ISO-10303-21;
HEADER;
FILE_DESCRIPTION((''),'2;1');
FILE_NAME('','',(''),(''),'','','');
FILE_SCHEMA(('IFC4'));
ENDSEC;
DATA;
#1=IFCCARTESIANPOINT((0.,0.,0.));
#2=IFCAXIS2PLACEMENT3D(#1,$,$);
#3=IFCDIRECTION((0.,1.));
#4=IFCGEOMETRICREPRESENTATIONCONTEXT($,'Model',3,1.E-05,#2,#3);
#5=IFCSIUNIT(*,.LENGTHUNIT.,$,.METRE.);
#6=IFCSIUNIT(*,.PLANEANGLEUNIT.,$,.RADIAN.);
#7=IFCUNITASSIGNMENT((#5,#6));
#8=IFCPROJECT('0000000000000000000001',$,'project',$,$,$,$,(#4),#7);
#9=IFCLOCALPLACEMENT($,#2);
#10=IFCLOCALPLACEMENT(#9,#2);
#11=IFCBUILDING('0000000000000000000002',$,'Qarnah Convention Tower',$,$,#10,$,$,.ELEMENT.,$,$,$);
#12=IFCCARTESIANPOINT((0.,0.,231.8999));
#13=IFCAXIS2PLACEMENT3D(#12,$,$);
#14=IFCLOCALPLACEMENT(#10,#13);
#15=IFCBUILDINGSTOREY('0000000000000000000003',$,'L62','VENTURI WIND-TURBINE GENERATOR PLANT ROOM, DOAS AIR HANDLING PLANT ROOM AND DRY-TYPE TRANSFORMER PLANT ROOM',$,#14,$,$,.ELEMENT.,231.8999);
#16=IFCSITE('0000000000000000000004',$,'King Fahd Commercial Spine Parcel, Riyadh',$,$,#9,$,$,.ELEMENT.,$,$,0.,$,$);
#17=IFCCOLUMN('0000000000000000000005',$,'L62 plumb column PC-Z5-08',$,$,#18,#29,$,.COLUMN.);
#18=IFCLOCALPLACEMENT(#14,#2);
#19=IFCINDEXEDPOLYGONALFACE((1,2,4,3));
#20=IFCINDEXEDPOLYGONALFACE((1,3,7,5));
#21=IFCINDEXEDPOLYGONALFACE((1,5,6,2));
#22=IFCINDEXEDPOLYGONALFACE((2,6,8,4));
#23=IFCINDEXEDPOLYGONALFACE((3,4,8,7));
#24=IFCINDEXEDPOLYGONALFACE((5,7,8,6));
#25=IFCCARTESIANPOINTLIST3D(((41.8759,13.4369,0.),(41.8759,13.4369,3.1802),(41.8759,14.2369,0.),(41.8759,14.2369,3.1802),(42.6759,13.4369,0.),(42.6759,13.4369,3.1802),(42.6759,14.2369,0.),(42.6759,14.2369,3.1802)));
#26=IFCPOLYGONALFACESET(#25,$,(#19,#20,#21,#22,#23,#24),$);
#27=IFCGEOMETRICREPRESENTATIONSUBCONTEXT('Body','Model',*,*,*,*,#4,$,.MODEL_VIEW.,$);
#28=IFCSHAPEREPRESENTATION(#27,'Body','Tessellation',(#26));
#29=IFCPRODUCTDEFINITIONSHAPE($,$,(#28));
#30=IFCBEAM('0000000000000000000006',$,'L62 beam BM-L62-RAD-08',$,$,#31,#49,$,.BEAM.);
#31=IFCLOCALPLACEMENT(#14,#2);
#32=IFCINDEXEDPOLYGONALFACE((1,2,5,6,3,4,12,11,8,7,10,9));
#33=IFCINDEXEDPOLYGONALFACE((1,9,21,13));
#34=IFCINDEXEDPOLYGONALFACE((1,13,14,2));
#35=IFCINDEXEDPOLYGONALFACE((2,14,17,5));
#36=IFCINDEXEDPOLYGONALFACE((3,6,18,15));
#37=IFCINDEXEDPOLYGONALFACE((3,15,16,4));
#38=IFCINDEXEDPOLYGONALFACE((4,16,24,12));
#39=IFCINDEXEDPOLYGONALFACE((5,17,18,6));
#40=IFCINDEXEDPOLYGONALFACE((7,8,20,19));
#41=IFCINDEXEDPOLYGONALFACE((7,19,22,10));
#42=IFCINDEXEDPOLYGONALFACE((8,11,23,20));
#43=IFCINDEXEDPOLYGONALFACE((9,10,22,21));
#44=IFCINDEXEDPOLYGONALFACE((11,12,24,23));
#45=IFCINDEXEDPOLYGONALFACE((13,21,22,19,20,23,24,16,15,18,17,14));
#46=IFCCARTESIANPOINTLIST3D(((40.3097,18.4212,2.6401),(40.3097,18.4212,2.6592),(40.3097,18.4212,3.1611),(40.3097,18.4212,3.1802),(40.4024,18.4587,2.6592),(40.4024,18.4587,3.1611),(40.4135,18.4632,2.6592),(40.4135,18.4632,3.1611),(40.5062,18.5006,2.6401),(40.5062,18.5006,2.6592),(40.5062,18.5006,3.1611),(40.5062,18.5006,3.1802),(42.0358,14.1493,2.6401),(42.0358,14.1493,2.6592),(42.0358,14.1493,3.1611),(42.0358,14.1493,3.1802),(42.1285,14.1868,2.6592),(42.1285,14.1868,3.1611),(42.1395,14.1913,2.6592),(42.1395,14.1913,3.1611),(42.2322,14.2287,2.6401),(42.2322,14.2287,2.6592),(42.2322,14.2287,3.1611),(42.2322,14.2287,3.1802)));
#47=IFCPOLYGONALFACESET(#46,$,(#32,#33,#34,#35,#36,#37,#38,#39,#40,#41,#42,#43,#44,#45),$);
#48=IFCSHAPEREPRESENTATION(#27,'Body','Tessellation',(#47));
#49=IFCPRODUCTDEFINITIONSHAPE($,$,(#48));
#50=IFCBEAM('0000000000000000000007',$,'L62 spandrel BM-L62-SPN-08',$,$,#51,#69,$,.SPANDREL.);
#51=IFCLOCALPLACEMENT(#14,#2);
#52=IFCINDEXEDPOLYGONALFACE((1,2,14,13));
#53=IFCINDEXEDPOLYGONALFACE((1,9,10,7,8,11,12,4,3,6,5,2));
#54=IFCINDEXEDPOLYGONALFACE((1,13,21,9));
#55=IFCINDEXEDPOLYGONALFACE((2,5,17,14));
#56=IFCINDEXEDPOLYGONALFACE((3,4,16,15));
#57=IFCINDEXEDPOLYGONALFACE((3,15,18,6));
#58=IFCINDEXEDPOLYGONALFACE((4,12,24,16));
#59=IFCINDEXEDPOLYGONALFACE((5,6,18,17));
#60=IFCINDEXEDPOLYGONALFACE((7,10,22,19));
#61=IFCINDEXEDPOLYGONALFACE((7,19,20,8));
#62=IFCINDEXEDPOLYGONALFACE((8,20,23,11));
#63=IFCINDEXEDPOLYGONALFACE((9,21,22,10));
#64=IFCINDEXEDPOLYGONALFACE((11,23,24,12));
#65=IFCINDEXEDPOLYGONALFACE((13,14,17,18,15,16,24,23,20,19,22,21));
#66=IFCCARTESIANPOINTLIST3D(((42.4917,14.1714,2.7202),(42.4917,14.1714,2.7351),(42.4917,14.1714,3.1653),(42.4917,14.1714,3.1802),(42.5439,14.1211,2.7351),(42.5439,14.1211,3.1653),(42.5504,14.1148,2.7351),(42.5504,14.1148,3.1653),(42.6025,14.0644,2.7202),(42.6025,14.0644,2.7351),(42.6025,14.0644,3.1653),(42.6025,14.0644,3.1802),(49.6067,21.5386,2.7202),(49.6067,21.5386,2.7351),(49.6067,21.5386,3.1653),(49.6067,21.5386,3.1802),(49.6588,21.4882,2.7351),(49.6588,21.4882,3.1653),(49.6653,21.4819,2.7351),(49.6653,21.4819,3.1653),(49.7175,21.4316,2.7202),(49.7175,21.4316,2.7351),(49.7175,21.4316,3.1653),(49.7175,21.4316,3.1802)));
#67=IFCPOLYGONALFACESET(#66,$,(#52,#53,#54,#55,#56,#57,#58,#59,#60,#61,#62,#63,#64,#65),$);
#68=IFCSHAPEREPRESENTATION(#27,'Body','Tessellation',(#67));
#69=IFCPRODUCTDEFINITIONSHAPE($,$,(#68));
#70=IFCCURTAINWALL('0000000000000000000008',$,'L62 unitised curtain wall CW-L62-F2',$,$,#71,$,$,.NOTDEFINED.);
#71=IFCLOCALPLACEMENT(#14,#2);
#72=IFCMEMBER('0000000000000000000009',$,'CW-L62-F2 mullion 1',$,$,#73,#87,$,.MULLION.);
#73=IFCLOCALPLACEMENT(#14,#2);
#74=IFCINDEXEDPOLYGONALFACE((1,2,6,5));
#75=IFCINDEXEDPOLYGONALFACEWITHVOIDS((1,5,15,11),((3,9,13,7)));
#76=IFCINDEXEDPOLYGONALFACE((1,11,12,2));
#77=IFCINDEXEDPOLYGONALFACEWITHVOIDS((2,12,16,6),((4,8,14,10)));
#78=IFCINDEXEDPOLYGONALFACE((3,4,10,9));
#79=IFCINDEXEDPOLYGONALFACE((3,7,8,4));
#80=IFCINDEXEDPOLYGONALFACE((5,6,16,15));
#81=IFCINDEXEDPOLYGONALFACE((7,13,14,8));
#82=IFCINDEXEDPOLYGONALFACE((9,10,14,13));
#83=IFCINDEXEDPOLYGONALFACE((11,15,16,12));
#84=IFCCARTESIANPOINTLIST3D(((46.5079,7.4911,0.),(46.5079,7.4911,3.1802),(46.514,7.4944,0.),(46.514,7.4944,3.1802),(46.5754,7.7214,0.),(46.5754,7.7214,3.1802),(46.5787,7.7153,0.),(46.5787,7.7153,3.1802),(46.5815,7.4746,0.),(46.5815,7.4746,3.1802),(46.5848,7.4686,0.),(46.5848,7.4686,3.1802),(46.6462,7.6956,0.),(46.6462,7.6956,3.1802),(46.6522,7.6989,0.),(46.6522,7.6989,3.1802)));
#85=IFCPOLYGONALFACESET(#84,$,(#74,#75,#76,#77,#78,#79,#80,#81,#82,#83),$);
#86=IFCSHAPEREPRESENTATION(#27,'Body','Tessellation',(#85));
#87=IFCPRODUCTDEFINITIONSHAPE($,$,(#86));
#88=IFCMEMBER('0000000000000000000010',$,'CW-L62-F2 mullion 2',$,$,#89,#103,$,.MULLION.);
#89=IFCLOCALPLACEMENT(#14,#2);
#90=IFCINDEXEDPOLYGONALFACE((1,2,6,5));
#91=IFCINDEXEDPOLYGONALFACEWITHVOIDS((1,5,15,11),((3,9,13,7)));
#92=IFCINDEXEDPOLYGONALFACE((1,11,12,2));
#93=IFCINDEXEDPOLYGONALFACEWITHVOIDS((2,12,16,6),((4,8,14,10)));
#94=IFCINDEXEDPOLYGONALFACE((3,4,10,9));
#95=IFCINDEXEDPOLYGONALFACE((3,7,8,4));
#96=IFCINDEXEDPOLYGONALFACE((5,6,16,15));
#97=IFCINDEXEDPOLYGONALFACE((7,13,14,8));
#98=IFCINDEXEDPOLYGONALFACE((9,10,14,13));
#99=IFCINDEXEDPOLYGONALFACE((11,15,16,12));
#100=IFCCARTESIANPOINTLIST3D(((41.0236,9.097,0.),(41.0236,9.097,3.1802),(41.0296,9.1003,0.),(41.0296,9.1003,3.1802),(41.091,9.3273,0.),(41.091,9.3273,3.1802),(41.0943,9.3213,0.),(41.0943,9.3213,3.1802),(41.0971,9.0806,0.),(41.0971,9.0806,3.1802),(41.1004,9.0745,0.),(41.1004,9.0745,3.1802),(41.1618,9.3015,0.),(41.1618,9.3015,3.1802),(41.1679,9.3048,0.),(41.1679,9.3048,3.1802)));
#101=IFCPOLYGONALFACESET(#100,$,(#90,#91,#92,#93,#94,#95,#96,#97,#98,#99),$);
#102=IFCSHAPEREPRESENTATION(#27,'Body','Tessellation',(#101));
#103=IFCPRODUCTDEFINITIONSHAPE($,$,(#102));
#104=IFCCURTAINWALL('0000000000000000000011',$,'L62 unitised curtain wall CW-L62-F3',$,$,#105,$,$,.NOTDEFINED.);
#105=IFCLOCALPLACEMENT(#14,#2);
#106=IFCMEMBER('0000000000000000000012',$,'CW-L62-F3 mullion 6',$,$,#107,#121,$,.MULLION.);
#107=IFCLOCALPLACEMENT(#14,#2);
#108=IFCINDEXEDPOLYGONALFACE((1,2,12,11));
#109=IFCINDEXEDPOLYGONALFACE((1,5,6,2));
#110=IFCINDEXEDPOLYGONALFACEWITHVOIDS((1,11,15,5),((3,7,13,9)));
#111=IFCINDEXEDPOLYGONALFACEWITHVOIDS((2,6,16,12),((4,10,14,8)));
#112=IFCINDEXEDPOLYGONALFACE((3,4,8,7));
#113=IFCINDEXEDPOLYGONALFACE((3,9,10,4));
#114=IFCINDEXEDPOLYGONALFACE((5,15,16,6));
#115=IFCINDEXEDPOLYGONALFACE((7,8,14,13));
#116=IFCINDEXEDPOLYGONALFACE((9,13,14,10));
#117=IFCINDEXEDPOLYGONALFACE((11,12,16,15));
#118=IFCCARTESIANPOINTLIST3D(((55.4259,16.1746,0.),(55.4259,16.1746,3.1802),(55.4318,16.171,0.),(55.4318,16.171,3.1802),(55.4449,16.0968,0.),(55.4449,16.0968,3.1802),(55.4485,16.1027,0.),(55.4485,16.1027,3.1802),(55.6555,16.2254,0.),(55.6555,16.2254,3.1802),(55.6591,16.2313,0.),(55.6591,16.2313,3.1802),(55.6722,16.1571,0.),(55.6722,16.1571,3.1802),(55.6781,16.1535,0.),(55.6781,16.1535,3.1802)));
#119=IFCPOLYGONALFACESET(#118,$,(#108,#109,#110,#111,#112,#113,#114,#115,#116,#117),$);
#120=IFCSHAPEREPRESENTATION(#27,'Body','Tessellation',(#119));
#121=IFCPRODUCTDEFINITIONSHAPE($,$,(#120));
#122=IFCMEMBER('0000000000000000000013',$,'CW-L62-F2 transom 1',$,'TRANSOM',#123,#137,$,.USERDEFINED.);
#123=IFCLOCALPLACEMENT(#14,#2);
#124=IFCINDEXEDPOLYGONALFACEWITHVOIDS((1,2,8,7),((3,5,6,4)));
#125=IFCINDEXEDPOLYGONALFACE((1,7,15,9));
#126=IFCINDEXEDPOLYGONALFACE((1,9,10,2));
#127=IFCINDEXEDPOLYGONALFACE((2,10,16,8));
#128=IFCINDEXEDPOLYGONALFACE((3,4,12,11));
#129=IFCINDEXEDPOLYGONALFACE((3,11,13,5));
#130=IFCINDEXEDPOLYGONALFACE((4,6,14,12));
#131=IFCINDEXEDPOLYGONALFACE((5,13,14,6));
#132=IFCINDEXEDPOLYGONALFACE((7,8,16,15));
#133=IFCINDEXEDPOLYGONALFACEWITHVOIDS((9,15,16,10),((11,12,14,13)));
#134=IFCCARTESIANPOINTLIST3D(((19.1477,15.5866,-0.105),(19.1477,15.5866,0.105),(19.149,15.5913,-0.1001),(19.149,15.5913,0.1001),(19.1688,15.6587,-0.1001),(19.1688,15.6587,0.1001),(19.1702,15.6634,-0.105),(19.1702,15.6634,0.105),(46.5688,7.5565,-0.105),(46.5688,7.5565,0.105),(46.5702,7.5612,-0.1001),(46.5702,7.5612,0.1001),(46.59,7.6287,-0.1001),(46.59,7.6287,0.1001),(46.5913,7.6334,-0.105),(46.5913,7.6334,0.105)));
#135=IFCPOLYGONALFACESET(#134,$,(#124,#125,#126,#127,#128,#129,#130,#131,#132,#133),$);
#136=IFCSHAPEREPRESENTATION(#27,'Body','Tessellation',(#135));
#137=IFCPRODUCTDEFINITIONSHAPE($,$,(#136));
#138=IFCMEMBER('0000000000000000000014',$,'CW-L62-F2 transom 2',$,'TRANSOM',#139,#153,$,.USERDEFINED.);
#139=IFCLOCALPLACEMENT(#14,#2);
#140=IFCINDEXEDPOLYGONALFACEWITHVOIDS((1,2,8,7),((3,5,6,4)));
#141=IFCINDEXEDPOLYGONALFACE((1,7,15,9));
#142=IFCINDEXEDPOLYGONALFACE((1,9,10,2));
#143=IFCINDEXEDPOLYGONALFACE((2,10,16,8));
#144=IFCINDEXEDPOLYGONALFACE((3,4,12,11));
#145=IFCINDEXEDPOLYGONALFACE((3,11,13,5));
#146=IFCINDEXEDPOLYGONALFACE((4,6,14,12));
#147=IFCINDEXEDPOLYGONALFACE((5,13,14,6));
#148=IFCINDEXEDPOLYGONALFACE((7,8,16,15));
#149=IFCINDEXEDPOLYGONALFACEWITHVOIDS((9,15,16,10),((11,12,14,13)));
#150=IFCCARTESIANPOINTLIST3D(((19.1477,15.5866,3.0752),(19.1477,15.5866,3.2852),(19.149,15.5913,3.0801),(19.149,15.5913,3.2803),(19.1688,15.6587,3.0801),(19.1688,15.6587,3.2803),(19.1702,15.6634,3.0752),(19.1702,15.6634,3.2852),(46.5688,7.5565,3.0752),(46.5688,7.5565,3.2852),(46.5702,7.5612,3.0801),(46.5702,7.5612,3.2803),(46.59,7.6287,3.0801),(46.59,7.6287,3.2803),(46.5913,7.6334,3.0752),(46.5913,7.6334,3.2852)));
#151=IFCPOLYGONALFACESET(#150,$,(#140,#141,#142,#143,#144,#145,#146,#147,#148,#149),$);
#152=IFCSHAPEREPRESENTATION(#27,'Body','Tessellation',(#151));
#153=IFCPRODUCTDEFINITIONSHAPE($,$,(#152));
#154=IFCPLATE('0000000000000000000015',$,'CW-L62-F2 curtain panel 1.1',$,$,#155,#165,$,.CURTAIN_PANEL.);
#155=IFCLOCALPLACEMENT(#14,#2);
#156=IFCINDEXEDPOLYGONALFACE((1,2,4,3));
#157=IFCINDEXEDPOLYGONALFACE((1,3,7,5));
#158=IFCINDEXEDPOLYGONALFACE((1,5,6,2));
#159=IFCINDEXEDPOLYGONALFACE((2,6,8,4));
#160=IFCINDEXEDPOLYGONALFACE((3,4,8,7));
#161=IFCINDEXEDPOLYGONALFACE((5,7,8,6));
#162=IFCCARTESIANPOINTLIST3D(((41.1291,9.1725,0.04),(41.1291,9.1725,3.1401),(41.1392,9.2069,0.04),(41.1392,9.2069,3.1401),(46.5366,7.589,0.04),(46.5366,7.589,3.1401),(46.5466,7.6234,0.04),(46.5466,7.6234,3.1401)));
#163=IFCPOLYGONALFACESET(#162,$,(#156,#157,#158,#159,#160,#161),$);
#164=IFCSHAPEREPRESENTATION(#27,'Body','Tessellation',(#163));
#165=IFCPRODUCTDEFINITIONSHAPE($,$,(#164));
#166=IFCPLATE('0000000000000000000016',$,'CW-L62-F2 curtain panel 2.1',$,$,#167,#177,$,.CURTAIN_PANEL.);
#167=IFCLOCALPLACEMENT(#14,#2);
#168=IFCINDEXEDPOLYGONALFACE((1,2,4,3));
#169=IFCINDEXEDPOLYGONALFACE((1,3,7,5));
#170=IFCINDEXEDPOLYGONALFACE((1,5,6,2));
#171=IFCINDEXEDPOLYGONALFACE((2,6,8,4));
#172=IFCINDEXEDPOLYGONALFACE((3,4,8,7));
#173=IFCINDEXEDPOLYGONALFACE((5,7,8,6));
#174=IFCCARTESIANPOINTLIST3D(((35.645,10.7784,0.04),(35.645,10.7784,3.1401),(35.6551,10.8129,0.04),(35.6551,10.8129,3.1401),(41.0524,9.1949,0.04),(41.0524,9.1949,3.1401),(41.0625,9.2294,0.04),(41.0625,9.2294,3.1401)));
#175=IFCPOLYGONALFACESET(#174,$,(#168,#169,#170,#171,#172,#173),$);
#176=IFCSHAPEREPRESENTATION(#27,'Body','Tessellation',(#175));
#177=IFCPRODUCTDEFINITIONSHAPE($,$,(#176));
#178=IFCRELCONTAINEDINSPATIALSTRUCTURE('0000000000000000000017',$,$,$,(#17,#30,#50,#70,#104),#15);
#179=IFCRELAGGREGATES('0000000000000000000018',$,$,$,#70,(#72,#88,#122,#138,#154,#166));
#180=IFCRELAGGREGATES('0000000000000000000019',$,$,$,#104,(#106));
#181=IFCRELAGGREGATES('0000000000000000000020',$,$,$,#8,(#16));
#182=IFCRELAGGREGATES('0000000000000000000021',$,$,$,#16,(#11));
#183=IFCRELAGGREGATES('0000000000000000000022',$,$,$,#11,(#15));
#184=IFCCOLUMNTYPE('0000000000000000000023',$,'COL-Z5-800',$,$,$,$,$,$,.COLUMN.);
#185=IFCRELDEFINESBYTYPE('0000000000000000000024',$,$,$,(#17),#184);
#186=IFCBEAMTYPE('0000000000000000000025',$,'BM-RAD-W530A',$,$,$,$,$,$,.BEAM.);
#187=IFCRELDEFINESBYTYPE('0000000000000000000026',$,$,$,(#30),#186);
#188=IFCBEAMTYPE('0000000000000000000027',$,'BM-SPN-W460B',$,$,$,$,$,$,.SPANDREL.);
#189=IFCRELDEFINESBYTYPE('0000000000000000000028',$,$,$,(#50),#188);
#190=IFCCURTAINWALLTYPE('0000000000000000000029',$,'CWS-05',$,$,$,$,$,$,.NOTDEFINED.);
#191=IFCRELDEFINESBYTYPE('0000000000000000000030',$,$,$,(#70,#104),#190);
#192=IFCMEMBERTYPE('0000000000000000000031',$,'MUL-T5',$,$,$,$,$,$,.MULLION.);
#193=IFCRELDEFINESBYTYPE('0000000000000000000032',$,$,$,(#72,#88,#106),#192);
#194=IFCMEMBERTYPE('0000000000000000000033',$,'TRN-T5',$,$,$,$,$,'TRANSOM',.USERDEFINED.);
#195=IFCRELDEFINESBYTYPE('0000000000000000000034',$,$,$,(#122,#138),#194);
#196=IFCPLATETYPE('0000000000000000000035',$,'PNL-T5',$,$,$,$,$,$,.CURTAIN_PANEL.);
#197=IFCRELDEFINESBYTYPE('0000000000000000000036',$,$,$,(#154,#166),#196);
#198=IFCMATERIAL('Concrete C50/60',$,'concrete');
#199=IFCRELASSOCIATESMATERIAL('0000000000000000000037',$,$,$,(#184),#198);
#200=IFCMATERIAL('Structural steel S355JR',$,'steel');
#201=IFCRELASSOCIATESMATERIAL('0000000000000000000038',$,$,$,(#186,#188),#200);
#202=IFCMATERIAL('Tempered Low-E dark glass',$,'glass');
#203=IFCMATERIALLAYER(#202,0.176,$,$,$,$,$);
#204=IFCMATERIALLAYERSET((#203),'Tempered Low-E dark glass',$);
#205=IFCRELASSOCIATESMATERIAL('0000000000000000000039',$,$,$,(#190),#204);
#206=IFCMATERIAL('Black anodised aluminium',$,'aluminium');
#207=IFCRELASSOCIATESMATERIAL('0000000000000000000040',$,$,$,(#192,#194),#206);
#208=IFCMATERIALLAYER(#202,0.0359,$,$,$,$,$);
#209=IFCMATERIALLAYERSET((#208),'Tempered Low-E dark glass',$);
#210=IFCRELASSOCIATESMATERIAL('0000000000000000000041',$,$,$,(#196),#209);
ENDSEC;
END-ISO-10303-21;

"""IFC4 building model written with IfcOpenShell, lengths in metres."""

from ifc_helpers import new_model, si_unit, direction, frame, origin, origin_2d, place, context, subcontext, project, spatial, rectangle, hollow_rectangle, i_section, extrude, material, layer, layer_set, material_profile, profile_set, type_object, element, aggregate, save


model = new_model("IFC4")

# Units and contexts
model_context = context("Model", 3, precision=1e-05, world=origin(), true_north=direction((0.0, 1.0)))
body_context = subcontext(model_context, "Body", "Model", "MODEL_VIEW")
ifc_project = project(units=[si_unit("LENGTHUNIT", "METRE"), si_unit("PLANEANGLEUNIT", "RADIAN")], contexts=[model_context])

# Site, building, storey
site_placement = place(None, origin())
site = spatial("IfcSite", under=ifc_project, at=site_placement, Name="King Fahd Commercial Spine Parcel, Riyadh", CompositionType="ELEMENT", RefElevation=0.0)
building_placement = place(site_placement, origin())
building = spatial("IfcBuilding", under=site, at=building_placement, Name="Qarnah Convention Tower", CompositionType="ELEMENT")
storey_placement = place(building_placement, frame((0.0, 0.0, 231.8999)))
storey = spatial("IfcBuildingStorey", under=building, at=storey_placement, Name="L62", Description="VENTURI WIND-TURBINE GENERATOR PLANT ROOM, DOAS AIR HANDLING PLANT ROOM AND DRY-TYPE TRANSFORMER PLANT ROOM", CompositionType="ELEMENT", Elevation=231.8999)

# Column
ifc_material_1 = material(Name="Concrete C50/60", Category="concrete")
ifc_material_profile_1 = material_profile(ifc_material_1, rectangle(XDim=0.8, YDim=0.8, at=origin_2d()), Name="RC-COL-800X800")
ifc_profile_set_1 = profile_set([ifc_material_profile_1], Name="Concrete C50/60")
column_type = type_object("IfcColumnType", Name="COL-Z5-800", PredefinedType="COLUMN", material=ifc_profile_set_1)
column_placement = place(storey_placement, frame((42.2759, 13.8369, 0.0), z_axis=(0.0, 0.0, 1.0), x_axis=(1.0, 0.0, 0.0)))
element("IfcColumn", 1, at=column_placement, inside=storey, type_object=column_type, Name="L62 plumb column PC-Z5-08", PredefinedType="COLUMN", context=body_context, shape_type="SweptSolid", body=[
    extrude(rectangle(XDim=0.8, YDim=0.8, at=origin_2d()), origin(), (0.0, 0.0, 1.0), 3.1802),
])

# Beams
ifc_material_2 = material(Name="Structural steel S355JR", Category="steel")
ifc_material_profile_2 = material_profile(ifc_material_2, i_section(OverallWidth=0.2119, OverallDepth=0.54, WebThickness=0.012, FlangeThickness=0.019, at=origin_2d()), Name="W530X109")
ifc_profile_set_2 = profile_set([ifc_material_profile_2], Name="Structural steel S355JR")
beam_type_1 = type_object("IfcBeamType", Name="BM-RAD-W530A", PredefinedType="BEAM", material=ifc_profile_set_2)
beam_1_placement = place(storey_placement, frame((40.408, 18.4609, 2.9102), z_axis=(0.374622, -0.927177, 0.0), x_axis=(0.927177, 0.374622, 0.0)))
element("IfcBeam", 2, at=beam_1_placement, inside=storey, type_object=beam_type_1, Name="L62 beam BM-L62-RAD-08", PredefinedType="BEAM", context=body_context, shape_type="SweptSolid", body=[
    extrude(i_section(OverallWidth=0.2119, OverallDepth=0.54, WebThickness=0.012, FlangeThickness=0.019, at=origin_2d()), origin(), (0.0, 0.0, 1.0), 4.6074),
])
ifc_material_profile_3 = material_profile(ifc_material_2, i_section(OverallWidth=0.1541, OverallDepth=0.46, WebThickness=0.009, FlangeThickness=0.0149, at=origin_2d()), Name="W460X68")
ifc_profile_set_3 = profile_set([ifc_material_profile_3], Name="Structural steel S355JR")
beam_type_2 = type_object("IfcBeamType", Name="BM-SPN-W460B", PredefinedType="SPANDREL", material=ifc_profile_set_3)
beam_2_placement = place(storey_placement, frame((42.5471, 14.1179, 2.9502), z_axis=(0.694688, 0.719312, 0.0), x_axis=(-0.719312, 0.694688, 0.0)))
element("IfcBeam", 3, at=beam_2_placement, inside=storey, type_object=beam_type_2, Name="L62 spandrel BM-L62-SPN-08", PredefinedType="SPANDREL", context=body_context, shape_type="SweptSolid", body=[
    extrude(i_section(OverallWidth=0.1541, OverallDepth=0.46, WebThickness=0.009, FlangeThickness=0.0149, at=origin_2d()), origin(), (0.0, 0.0, 1.0), 10.2419),
])

# Curtain wall, members
ifc_material_3 = material(Name="Tempered Low-E dark glass", Category="glass")
ifc_layer_1 = layer(ifc_material_3, 0.176)
ifc_layer_set_1 = layer_set([ifc_layer_1], Name="Tempered Low-E dark glass")
curtain_wall_type = type_object("IfcCurtainWallType", Name="CWS-05", PredefinedType="NOTDEFINED", material=ifc_layer_set_1)
curtain_wall_1_placement = place(storey_placement, origin())
curtain_wall_1 = element("IfcCurtainWall", 4, at=curtain_wall_1_placement, inside=storey, type_object=curtain_wall_type, Name="L62 unitised curtain wall CW-L62-F2", PredefinedType="NOTDEFINED")
ifc_material_4 = material(Name="Black anodised aluminium", Category="aluminium")
ifc_material_profile_4 = material_profile(ifc_material_4, hollow_rectangle(XDim=0.0801, YDim=0.24, WallThickness=0.0049, at=origin_2d()), Name="MUL-80X240")
ifc_profile_set_4 = profile_set([ifc_material_profile_4], Name="Black anodised aluminium")
member_type_1 = type_object("IfcMemberType", Name="MUL-T5", PredefinedType="MULLION", material=ifc_profile_set_4)
member_1_placement = place(storey_placement, frame((46.5801, 7.595, 0.0), z_axis=(0.0, 0.0, 1.0), x_axis=(-0.959696, 0.281039, 0.0)))
member_1 = element("IfcMember", 5, at=member_1_placement, type_object=member_type_1, Name="CW-L62-F2 mullion 1", PredefinedType="MULLION", context=body_context, shape_type="SweptSolid", body=[
    extrude(hollow_rectangle(XDim=0.0801, YDim=0.24, WallThickness=0.0049, at=origin_2d()), origin(), (0.0, 0.0, 1.0), 3.1802),
])
member_2_placement = place(storey_placement, frame((41.0957, 9.2009, 0.0), z_axis=(0.0, 0.0, 1.0), x_axis=(-0.959696, 0.281039, 0.0)))
member_2 = element("IfcMember", 6, at=member_2_placement, type_object=member_type_1, Name="CW-L62-F2 mullion 2", PredefinedType="MULLION", context=body_context, shape_type="SweptSolid", body=[
    extrude(hollow_rectangle(XDim=0.0801, YDim=0.24, WallThickness=0.0049, at=origin_2d()), origin(), (0.0, 0.0, 1.0), 3.1802),
])

# Curtain wall, member
curtain_wall_2_placement = place(storey_placement, origin())
curtain_wall_2 = element("IfcCurtainWall", 7, at=curtain_wall_2_placement, inside=storey, type_object=curtain_wall_type, Name="L62 unitised curtain wall CW-L62-F3", PredefinedType="NOTDEFINED")
member_3_placement = place(storey_placement, frame((55.552, 16.1641, 0.0), z_axis=(0.0, 0.0, 1.0), x_axis=(0.236494, -0.971633, 0.0)))
member_3 = element("IfcMember", 8, at=member_3_placement, type_object=member_type_1, Name="CW-L62-F3 mullion 6", PredefinedType="MULLION", context=body_context, shape_type="SweptSolid", body=[
    extrude(hollow_rectangle(XDim=0.0801, YDim=0.24, WallThickness=0.0049, at=origin_2d()), origin(), (0.0, 0.0, 1.0), 3.1802),
])

# Members
ifc_material_profile_5 = material_profile(ifc_material_4, hollow_rectangle(XDim=0.0801, YDim=0.21, WallThickness=0.0049, at=origin_2d()), Name="TRN-80X210")
ifc_profile_set_5 = profile_set([ifc_material_profile_5], Name="Black anodised aluminium")
member_type_2 = type_object("IfcMemberType", Name="TRN-T5", ElementType="TRANSOM", PredefinedType="USERDEFINED", material=ifc_profile_set_5)
member_4_placement = place(storey_placement, frame((46.5801, 7.595, 0.0), z_axis=(-0.959697, 0.281038, 0.0), x_axis=(-0.281038, -0.959697, 0.0)))
member_4 = element("IfcMember", 9, at=member_4_placement, type_object=member_type_2, Name="CW-L62-F2 transom 1", ObjectType="TRANSOM", PredefinedType="USERDEFINED", context=body_context, shape_type="SweptSolid", body=[
    extrude(hollow_rectangle(XDim=0.0801, YDim=0.21, WallThickness=0.0049, at=origin_2d()), origin(), (0.0, 0.0, 1.0), 28.5728),
])
member_5_placement = place(storey_placement, frame((46.5801, 7.595, 3.1802), z_axis=(-0.959697, 0.281038, 0.0), x_axis=(-0.281038, -0.959697, 0.0)))
member_5 = element("IfcMember", 10, at=member_5_placement, type_object=member_type_2, Name="CW-L62-F2 transom 2", ObjectType="TRANSOM", PredefinedType="USERDEFINED", context=body_context, shape_type="SweptSolid", body=[
    extrude(hollow_rectangle(XDim=0.0801, YDim=0.21, WallThickness=0.0049, at=origin_2d()), origin(), (0.0, 0.0, 1.0), 28.5728),
])

# Plates
ifc_layer_2 = layer(ifc_material_3, 0.0359)
ifc_layer_set_2 = layer_set([ifc_layer_2], Name="Tempered Low-E dark glass")
plate_type = type_object("IfcPlateType", Name="PNL-T5", PredefinedType="CURTAIN_PANEL", material=ifc_layer_set_2)
plate_1_placement = place(storey_placement, frame((43.8379, 8.3979, 0.04), z_axis=(0.0, 0.0, 1.0), x_axis=(-0.959696, 0.281039, 0.0)))
plate_1 = element("IfcPlate", 11, at=plate_1_placement, type_object=plate_type, Name="CW-L62-F2 curtain panel 1.1", PredefinedType="CURTAIN_PANEL", context=body_context, shape_type="SweptSolid", body=[
    extrude(rectangle(XDim=5.6345, YDim=0.0359, at=origin_2d()), origin(), (0.0, 0.0, 1.0), 3.1001),
])
plate_2_placement = place(storey_placement, frame((38.3538, 10.0039, 0.04), z_axis=(0.0, 0.0, 1.0), x_axis=(-0.959696, 0.281039, 0.0)))
plate_2 = element("IfcPlate", 12, at=plate_2_placement, type_object=plate_type, Name="CW-L62-F2 curtain panel 2.1", PredefinedType="CURTAIN_PANEL", context=body_context, shape_type="SweptSolid", body=[
    extrude(rectangle(XDim=5.6345, YDim=0.0359, at=origin_2d()), origin(), (0.0, 0.0, 1.0), 3.1001),
])
aggregate(curtain_wall_1, [member_1, member_2, member_4, member_5, plate_1, plate_2])
aggregate(curtain_wall_2, [member_3])

save(model, "model.ifc")
